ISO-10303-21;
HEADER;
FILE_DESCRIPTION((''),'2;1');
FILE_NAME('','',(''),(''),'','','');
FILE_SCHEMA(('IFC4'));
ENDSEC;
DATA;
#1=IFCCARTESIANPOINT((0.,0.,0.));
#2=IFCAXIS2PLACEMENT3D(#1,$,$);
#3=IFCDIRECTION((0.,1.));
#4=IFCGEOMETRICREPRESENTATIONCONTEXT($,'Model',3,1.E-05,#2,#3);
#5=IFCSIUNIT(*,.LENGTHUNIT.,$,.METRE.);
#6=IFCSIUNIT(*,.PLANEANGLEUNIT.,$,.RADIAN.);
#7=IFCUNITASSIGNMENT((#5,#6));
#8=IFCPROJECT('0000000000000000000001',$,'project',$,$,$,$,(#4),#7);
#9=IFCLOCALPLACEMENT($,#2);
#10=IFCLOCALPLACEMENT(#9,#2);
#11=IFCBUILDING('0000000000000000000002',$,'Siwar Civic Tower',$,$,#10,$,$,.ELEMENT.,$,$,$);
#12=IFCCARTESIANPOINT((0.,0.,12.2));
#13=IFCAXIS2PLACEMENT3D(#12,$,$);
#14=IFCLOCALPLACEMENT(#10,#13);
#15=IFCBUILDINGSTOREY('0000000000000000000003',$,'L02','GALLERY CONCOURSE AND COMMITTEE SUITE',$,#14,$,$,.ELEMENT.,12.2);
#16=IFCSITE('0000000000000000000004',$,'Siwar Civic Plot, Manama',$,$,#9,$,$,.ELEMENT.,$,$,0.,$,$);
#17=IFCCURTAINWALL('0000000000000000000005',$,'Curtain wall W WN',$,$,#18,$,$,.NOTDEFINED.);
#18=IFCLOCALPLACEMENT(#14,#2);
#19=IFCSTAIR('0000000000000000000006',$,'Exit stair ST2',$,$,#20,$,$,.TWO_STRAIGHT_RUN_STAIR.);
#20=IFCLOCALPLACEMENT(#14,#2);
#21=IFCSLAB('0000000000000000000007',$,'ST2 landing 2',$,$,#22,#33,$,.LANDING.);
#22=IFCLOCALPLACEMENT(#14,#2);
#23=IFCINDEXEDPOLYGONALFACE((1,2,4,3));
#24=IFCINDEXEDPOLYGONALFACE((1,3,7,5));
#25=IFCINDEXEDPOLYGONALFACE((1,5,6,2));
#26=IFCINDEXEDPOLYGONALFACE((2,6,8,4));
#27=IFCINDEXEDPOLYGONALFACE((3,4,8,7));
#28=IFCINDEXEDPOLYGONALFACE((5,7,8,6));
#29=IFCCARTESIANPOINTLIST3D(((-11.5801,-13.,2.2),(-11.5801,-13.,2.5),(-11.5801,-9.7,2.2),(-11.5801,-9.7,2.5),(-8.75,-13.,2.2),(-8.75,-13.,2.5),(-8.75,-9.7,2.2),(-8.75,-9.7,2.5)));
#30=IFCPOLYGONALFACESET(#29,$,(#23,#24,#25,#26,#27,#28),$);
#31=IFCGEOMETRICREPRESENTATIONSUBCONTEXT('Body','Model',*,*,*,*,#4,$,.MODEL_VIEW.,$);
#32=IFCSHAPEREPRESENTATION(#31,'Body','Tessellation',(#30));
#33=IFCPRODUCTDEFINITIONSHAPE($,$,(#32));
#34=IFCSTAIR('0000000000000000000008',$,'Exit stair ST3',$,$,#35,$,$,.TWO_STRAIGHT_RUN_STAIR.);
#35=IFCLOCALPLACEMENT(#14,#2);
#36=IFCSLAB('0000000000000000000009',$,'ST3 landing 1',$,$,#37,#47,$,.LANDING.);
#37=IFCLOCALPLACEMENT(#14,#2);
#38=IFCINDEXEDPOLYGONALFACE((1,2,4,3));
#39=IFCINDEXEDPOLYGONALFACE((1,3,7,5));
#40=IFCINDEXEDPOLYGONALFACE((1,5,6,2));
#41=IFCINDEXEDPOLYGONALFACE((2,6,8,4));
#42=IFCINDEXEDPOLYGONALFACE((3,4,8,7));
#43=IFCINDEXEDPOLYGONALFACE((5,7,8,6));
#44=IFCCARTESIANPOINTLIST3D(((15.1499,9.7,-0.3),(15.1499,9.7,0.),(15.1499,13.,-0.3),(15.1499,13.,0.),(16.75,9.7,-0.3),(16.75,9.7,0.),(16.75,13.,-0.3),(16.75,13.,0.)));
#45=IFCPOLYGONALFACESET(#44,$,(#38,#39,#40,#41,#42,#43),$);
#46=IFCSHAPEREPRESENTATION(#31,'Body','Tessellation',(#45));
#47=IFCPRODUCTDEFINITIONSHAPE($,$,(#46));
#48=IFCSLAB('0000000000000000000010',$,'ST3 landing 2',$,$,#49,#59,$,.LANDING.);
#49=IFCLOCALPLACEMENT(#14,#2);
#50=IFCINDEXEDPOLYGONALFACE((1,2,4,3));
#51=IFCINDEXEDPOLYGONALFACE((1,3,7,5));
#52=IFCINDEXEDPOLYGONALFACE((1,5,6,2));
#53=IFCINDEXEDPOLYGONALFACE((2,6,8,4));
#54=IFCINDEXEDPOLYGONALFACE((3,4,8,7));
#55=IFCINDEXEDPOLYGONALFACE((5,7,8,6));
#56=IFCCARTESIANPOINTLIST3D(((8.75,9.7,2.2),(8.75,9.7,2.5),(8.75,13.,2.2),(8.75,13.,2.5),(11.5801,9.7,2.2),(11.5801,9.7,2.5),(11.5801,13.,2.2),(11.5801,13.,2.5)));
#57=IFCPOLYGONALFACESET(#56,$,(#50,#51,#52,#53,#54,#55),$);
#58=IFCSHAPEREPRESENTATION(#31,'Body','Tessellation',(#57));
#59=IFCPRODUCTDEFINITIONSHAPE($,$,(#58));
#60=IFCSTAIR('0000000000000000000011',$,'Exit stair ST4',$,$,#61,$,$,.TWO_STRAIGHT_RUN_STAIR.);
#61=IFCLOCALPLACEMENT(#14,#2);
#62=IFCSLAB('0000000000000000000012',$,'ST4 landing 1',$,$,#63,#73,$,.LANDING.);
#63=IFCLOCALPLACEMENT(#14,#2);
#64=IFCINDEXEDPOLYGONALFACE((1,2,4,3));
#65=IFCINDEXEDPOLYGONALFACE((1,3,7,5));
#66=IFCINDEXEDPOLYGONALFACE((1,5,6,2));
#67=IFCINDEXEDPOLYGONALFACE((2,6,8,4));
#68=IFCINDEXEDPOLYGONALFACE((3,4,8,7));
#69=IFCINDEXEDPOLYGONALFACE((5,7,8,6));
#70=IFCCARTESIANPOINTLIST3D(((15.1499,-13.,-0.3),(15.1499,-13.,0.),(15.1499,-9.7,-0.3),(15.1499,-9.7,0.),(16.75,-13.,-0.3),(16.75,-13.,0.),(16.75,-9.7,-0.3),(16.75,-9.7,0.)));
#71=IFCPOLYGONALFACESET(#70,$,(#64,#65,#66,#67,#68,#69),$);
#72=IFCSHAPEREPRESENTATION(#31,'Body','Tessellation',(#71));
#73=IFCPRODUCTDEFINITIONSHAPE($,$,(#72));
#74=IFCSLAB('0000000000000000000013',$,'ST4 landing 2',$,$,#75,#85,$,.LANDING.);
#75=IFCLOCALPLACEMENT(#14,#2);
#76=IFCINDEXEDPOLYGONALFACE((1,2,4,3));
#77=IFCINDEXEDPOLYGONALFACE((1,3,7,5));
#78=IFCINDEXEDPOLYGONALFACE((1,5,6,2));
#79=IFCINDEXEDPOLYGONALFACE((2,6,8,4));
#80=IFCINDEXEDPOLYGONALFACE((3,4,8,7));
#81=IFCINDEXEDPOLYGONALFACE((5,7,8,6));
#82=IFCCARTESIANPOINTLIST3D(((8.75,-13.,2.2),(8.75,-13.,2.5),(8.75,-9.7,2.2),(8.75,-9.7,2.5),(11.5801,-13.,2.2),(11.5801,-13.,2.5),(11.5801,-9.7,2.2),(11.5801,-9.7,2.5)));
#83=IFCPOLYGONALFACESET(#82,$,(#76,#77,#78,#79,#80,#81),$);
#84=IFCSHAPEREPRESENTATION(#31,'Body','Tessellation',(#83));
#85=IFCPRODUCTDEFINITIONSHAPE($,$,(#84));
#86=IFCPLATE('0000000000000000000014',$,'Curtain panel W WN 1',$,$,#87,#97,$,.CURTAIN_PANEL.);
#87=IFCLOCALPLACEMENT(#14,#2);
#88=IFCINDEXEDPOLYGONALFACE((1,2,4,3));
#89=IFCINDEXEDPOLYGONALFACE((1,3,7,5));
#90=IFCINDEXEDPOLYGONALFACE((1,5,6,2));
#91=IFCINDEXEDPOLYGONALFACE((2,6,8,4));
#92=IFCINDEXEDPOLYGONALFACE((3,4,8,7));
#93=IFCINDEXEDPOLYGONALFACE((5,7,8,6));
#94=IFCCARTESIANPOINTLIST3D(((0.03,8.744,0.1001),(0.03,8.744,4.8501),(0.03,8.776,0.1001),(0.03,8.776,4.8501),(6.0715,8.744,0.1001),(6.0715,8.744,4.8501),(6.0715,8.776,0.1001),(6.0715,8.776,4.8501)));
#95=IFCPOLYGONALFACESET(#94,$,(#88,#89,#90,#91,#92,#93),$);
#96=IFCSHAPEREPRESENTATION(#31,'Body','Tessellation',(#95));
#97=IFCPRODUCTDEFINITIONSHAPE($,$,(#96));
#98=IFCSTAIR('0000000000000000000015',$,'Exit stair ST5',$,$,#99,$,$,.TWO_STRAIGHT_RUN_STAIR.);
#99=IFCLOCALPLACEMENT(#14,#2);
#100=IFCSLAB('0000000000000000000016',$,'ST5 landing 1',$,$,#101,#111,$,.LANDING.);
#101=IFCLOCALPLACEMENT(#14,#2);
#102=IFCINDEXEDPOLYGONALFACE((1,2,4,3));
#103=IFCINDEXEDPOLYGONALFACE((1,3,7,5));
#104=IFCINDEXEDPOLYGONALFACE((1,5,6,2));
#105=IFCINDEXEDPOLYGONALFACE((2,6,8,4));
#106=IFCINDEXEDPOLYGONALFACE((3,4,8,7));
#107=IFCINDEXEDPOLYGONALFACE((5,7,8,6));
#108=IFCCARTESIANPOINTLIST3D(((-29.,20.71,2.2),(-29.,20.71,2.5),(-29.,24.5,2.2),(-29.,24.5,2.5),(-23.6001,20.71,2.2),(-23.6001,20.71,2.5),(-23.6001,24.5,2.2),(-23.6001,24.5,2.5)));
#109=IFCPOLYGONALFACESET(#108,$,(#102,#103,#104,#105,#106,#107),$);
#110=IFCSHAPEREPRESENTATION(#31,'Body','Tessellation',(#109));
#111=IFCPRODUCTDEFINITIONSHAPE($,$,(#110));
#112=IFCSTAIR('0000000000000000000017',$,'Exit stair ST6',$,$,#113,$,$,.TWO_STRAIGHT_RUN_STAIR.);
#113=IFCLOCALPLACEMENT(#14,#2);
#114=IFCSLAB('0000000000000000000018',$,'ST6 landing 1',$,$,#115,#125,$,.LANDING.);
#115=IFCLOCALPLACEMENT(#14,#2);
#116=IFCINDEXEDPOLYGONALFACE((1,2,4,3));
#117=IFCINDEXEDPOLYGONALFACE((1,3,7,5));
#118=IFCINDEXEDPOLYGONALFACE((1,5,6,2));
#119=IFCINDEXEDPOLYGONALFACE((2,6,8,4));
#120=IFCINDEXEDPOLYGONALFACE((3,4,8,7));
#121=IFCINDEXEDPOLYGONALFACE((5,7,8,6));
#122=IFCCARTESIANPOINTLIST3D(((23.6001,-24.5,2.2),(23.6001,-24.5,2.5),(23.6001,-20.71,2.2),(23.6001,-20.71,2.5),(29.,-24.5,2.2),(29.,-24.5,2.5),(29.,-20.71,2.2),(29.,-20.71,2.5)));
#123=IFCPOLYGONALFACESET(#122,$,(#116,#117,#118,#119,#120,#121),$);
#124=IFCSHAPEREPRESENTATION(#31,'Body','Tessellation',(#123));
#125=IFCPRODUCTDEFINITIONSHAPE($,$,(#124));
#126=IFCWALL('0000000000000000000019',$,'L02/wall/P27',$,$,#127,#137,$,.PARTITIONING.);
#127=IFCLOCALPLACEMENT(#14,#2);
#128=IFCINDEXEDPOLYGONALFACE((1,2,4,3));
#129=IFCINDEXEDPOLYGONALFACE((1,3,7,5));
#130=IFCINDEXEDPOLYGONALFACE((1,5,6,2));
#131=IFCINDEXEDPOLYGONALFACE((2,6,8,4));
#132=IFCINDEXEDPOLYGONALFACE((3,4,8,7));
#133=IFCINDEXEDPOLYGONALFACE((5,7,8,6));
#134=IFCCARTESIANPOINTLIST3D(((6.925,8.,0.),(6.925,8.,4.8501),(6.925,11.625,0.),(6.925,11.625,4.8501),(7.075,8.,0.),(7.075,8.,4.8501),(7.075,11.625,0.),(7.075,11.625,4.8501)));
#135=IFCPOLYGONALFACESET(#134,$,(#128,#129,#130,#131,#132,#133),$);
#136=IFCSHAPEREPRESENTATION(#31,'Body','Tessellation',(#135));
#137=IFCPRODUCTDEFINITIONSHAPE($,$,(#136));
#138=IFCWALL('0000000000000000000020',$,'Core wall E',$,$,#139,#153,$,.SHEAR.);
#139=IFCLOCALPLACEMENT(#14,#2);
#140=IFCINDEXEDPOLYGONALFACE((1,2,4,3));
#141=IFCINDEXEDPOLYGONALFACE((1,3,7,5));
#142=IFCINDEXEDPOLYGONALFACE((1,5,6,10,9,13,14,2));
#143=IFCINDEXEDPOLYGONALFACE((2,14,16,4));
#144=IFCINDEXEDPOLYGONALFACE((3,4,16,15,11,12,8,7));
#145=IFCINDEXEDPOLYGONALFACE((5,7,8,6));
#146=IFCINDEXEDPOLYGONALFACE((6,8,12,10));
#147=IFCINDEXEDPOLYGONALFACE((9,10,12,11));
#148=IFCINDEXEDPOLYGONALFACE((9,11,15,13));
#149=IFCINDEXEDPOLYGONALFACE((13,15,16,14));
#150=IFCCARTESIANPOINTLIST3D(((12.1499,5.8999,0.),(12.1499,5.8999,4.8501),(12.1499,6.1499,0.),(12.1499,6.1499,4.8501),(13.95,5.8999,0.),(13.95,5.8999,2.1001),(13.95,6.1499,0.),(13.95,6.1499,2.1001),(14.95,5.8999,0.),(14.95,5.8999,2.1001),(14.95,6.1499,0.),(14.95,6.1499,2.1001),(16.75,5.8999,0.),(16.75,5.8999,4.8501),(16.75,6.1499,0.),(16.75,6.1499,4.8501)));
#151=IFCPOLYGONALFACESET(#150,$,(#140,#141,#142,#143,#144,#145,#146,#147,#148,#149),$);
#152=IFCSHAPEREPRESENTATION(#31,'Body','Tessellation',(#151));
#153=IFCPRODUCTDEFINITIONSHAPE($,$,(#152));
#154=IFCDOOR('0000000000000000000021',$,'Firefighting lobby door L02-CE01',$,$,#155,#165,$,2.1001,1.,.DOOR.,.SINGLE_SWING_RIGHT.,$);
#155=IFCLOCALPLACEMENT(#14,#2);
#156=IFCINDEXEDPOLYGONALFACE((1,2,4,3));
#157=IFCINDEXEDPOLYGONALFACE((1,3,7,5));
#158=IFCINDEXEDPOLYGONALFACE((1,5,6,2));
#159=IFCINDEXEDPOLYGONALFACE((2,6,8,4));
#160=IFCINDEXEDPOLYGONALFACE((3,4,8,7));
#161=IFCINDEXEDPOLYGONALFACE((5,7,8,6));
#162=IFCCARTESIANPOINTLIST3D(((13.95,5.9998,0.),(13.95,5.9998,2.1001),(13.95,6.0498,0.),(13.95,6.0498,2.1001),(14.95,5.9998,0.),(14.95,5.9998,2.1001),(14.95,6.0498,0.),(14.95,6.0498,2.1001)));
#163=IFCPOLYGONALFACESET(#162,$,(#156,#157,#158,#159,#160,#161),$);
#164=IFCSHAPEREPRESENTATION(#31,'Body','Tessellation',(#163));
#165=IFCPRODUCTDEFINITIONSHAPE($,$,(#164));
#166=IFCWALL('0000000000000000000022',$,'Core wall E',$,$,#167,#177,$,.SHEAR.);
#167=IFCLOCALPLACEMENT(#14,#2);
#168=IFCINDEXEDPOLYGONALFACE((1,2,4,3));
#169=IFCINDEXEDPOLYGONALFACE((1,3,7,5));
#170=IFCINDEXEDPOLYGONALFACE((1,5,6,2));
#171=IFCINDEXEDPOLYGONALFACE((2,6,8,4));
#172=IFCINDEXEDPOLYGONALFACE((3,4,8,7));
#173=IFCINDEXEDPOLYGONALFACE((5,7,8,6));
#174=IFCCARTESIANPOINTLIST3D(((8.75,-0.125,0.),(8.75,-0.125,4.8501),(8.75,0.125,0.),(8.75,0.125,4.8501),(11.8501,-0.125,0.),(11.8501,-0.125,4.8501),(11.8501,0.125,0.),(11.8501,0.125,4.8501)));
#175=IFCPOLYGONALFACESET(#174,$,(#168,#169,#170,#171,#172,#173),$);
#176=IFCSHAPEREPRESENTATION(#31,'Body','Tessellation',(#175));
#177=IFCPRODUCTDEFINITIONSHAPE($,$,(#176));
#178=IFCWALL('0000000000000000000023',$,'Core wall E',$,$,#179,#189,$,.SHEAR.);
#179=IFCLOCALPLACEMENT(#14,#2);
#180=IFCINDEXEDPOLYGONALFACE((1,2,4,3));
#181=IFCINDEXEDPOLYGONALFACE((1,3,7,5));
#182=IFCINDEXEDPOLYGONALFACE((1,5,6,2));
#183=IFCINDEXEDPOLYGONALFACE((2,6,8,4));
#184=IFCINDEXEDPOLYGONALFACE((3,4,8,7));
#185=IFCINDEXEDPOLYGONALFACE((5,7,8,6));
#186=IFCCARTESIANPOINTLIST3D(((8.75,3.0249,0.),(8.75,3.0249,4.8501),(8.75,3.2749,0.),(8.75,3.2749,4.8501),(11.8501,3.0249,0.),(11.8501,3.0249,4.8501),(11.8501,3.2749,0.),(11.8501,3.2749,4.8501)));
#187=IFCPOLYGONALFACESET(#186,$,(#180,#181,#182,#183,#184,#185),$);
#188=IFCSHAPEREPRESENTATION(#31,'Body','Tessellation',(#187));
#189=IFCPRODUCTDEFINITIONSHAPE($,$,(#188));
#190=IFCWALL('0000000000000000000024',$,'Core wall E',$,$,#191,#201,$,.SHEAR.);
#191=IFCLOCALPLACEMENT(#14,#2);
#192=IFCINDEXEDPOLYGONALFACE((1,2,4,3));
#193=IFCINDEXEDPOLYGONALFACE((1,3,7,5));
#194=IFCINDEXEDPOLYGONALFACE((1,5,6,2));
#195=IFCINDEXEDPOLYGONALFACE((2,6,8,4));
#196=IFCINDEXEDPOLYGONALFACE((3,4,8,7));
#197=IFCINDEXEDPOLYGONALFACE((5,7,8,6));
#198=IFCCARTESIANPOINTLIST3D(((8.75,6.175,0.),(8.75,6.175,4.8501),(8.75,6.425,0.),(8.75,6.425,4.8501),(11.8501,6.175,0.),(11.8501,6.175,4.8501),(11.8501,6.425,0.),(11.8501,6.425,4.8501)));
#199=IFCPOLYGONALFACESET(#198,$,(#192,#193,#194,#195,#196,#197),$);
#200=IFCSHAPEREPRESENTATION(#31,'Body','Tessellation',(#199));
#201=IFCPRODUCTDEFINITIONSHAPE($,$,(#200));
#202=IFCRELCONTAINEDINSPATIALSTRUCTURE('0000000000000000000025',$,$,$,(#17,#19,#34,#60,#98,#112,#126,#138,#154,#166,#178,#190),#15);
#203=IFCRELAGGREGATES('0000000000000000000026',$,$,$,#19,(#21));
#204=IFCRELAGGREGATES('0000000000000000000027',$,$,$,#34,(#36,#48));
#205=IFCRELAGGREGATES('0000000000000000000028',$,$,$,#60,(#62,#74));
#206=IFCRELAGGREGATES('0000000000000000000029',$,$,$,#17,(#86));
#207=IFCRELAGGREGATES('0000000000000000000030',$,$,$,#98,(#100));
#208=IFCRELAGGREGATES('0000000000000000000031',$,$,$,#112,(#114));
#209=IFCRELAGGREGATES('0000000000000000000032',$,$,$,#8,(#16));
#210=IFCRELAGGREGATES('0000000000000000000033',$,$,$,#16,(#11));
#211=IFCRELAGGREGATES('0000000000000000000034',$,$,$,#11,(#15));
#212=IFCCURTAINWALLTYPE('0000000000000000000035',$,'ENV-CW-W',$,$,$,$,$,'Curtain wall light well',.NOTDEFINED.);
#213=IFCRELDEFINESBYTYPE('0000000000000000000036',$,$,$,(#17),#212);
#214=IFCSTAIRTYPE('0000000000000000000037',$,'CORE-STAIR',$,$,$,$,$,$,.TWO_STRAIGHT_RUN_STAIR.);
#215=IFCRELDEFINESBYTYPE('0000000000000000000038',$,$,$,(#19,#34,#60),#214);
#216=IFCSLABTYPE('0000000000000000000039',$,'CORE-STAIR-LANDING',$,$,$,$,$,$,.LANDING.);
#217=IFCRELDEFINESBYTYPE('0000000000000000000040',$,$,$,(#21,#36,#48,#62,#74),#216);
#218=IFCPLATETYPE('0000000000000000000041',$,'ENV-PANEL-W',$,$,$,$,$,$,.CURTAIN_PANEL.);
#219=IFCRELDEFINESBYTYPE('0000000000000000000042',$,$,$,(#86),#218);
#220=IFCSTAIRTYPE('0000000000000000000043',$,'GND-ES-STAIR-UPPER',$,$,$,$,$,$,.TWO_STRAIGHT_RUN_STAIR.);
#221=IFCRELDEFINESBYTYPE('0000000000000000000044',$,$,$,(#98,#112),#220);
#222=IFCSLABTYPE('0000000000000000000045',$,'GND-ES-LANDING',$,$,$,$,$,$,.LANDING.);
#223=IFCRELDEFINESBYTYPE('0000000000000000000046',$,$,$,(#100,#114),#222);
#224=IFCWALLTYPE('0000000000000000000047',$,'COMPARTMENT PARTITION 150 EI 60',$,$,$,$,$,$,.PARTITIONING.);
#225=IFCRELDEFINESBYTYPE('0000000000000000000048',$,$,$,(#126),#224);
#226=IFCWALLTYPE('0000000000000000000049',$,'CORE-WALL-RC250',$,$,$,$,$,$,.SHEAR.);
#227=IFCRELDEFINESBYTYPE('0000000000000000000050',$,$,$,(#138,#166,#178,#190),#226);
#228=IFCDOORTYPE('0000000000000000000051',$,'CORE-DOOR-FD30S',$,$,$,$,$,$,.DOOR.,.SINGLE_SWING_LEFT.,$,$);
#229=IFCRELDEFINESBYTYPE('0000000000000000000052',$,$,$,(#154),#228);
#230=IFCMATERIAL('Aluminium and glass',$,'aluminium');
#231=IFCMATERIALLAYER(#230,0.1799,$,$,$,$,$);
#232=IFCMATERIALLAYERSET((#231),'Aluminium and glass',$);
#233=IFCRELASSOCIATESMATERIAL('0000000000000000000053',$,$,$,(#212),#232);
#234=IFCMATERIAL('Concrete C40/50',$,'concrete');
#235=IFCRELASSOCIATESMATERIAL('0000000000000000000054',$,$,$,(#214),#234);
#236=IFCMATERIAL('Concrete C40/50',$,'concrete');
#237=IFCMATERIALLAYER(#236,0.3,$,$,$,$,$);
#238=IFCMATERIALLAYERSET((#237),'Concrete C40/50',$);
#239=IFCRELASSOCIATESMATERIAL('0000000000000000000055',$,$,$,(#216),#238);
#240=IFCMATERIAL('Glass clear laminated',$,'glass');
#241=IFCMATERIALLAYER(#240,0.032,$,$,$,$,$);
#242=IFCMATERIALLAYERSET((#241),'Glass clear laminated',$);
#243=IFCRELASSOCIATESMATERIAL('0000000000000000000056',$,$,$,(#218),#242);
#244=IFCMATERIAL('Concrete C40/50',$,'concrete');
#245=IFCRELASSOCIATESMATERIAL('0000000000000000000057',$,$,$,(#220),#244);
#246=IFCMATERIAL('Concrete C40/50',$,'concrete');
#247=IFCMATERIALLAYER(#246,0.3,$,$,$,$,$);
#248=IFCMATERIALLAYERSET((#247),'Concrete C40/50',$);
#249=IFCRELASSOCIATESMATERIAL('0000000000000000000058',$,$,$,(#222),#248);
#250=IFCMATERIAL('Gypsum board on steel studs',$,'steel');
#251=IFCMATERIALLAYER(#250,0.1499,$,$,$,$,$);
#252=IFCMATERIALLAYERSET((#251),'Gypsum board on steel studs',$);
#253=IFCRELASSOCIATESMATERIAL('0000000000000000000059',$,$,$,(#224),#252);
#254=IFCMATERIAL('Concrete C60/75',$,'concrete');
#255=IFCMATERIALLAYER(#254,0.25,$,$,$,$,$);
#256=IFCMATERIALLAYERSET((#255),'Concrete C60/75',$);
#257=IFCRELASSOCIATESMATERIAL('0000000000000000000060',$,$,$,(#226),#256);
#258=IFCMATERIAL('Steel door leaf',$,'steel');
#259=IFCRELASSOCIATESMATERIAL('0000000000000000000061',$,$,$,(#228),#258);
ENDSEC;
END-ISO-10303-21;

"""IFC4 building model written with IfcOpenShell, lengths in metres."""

from ifc_helpers import new_model, si_unit, direction, frame, frame_2d, origin, origin_2d, place, context, subcontext, project, spatial, polyline, rectangle, outline, extrude, material, layer, layer_set, type_object, element, fill, aggregate, save


model = new_model("IFC4")

# Units and contexts
model_context = context("Model", 3, precision=1e-05, world=origin(), true_north=direction((0.0, 1.0)))
body_context = subcontext(model_context, "Body", "Model", "MODEL_VIEW")
ifc_project = project(units=[si_unit("LENGTHUNIT", "METRE"), si_unit("PLANEANGLEUNIT", "RADIAN")], contexts=[model_context])

# Site, building, storey
site_placement = place(None, origin())
site = spatial("IfcSite", under=ifc_project, at=site_placement, Name="Siwar Civic Plot, Manama", CompositionType="ELEMENT", RefElevation=0.0)
building_placement = place(site_placement, origin())
building = spatial("IfcBuilding", under=site, at=building_placement, Name="Siwar Civic Tower", CompositionType="ELEMENT")
storey_placement = place(building_placement, frame((0.0, 0.0, 12.2)))
storey = spatial("IfcBuildingStorey", under=building, at=storey_placement, Name="L02", Description="GALLERY CONCOURSE AND COMMITTEE SUITE", CompositionType="ELEMENT", Elevation=12.2)

# Curtain wall
ifc_material_1 = material(Name="Aluminium and glass", Category="aluminium")
ifc_layer_1 = layer(ifc_material_1, 0.1799)
ifc_layer_set_1 = layer_set([ifc_layer_1], Name="Aluminium and glass")
curtain_wall_type = type_object("IfcCurtainWallType", Name="ENV-CW-W", ElementType="Curtain wall light well", PredefinedType="NOTDEFINED", material=ifc_layer_set_1)
curtain_wall_placement = place(storey_placement, origin())
curtain_wall = element("IfcCurtainWall", 1, at=curtain_wall_placement, inside=storey, type_object=curtain_wall_type, Name="Curtain wall W WN", PredefinedType="NOTDEFINED")

# Stair, slab
ifc_material_2 = material(Name="Concrete C40/50", Category="concrete")
stair_type_1 = type_object("IfcStairType", Name="CORE-STAIR", PredefinedType="TWO_STRAIGHT_RUN_STAIR", material=ifc_material_2)
stair_1_placement = place(storey_placement, origin())
stair_1 = element("IfcStair", 2, at=stair_1_placement, inside=storey, type_object=stair_type_1, Name="Exit stair ST2", PredefinedType="TWO_STRAIGHT_RUN_STAIR")
ifc_material_3 = material(Name="Concrete C40/50", Category="concrete")
ifc_layer_2 = layer(ifc_material_3, 0.3)
ifc_layer_set_2 = layer_set([ifc_layer_2], Name="Concrete C40/50")
slab_type_1 = type_object("IfcSlabType", Name="CORE-STAIR-LANDING", PredefinedType="LANDING", material=ifc_layer_set_2)
slab_1_placement = place(storey_placement, frame((0.0, 0.0, 2.2)))
slab_1 = element("IfcSlab", 3, at=slab_1_placement, type_object=slab_type_1, Name="ST2 landing 2", PredefinedType="LANDING", context=body_context, shape_type="SweptSolid", body=[
    extrude(outline(polyline([(-8.75, -9.7), (-11.5801, -9.7), (-11.5801, -13.0), (-8.75, -13.0), (-8.75, -9.7)])), origin(), (0.0, 0.0, 1.0), 0.3),
])
aggregate(stair_1, [slab_1])

# Stairs, slabs
stair_2_placement = place(storey_placement, origin())
stair_2 = element("IfcStair", 4, at=stair_2_placement, inside=storey, type_object=stair_type_1, Name="Exit stair ST3", PredefinedType="TWO_STRAIGHT_RUN_STAIR")
slab_2_placement = place(storey_placement, frame((0.0, 0.0, -0.3)))
slab_2 = element("IfcSlab", 5, at=slab_2_placement, type_object=slab_type_1, Name="ST3 landing 1", PredefinedType="LANDING", context=body_context, shape_type="SweptSolid", body=[
    extrude(outline(polyline([(15.1499, 9.7), (16.75, 9.7), (16.75, 13.0), (15.1499, 13.0), (15.1499, 9.7)])), origin(), (0.0, 0.0, 1.0), 0.3),
])
slab_3_placement = place(storey_placement, frame((0.0, 0.0, 2.2)))
slab_3 = element("IfcSlab", 6, at=slab_3_placement, type_object=slab_type_1, Name="ST3 landing 2", PredefinedType="LANDING", context=body_context, shape_type="SweptSolid", body=[
    extrude(outline(polyline([(8.75, 9.7), (11.5801, 9.7), (11.5801, 13.0), (8.75, 13.0), (8.75, 9.7)])), origin(), (0.0, 0.0, 1.0), 0.3),
])
aggregate(stair_2, [slab_2, slab_3])
stair_3_placement = place(storey_placement, origin())
stair_3 = element("IfcStair", 7, at=stair_3_placement, inside=storey, type_object=stair_type_1, Name="Exit stair ST4", PredefinedType="TWO_STRAIGHT_RUN_STAIR")
slab_4_placement = place(storey_placement, frame((0.0, 0.0, -0.3)))
slab_4 = element("IfcSlab", 8, at=slab_4_placement, type_object=slab_type_1, Name="ST4 landing 1", PredefinedType="LANDING", context=body_context, shape_type="SweptSolid", body=[
    extrude(outline(polyline([(15.1499, -13.0), (16.75, -13.0), (16.75, -9.7), (15.1499, -9.7), (15.1499, -13.0)])), origin(), (0.0, 0.0, 1.0), 0.3),
])
slab_5_placement = place(storey_placement, frame((0.0, 0.0, 2.2)))
slab_5 = element("IfcSlab", 9, at=slab_5_placement, type_object=slab_type_1, Name="ST4 landing 2", PredefinedType="LANDING", context=body_context, shape_type="SweptSolid", body=[
    extrude(outline(polyline([(8.75, -13.0), (11.5801, -13.0), (11.5801, -9.7), (8.75, -9.7), (8.75, -13.0)])), origin(), (0.0, 0.0, 1.0), 0.3),
])
aggregate(stair_3, [slab_4, slab_5])

# Plate
ifc_material_4 = material(Name="Glass clear laminated", Category="glass")
ifc_layer_3 = layer(ifc_material_4, 0.032)
ifc_layer_set_3 = layer_set([ifc_layer_3], Name="Glass clear laminated")
plate_type = type_object("IfcPlateType", Name="ENV-PANEL-W", PredefinedType="CURTAIN_PANEL", material=ifc_layer_set_3)
plate_placement = place(storey_placement, frame((3.0508, 8.76, 0.1001), z_axis=(0.0, 0.0, 1.0), x_axis=(-1.0, 0.0, 0.0)))
plate = element("IfcPlate", 10, at=plate_placement, type_object=plate_type, Name="Curtain panel W WN 1", PredefinedType="CURTAIN_PANEL", context=body_context, shape_type="SweptSolid", body=[
    extrude(rectangle(XDim=6.0415, YDim=0.032, at=origin_2d()), origin(), (0.0, 0.0, 1.0), 4.75),
])
aggregate(curtain_wall, [plate])

# Stairs, slabs
ifc_material_5 = material(Name="Concrete C40/50", Category="concrete")
stair_type_2 = type_object("IfcStairType", Name="GND-ES-STAIR-UPPER", PredefinedType="TWO_STRAIGHT_RUN_STAIR", material=ifc_material_5)
stair_4_placement = place(storey_placement, origin())
stair_4 = element("IfcStair", 11, at=stair_4_placement, inside=storey, type_object=stair_type_2, Name="Exit stair ST5", PredefinedType="TWO_STRAIGHT_RUN_STAIR")
ifc_material_6 = material(Name="Concrete C40/50", Category="concrete")
ifc_layer_4 = layer(ifc_material_6, 0.3)
ifc_layer_set_4 = layer_set([ifc_layer_4], Name="Concrete C40/50")
slab_type_2 = type_object("IfcSlabType", Name="GND-ES-LANDING", PredefinedType="LANDING", material=ifc_layer_set_4)
slab_6_placement = place(storey_placement, frame((0.0, 0.0, 2.2)))
slab_6 = element("IfcSlab", 12, at=slab_6_placement, type_object=slab_type_2, Name="ST5 landing 1", PredefinedType="LANDING", context=body_context, shape_type="SweptSolid", body=[
    extrude(outline(polyline([(-29.0, 20.71), (-23.6001, 20.71), (-23.6001, 24.5), (-29.0, 24.5), (-29.0, 20.71)])), origin(), (0.0, 0.0, 1.0), 0.3),
])
aggregate(stair_4, [slab_6])
stair_5_placement = place(storey_placement, origin())
stair_5 = element("IfcStair", 13, at=stair_5_placement, inside=storey, type_object=stair_type_2, Name="Exit stair ST6", PredefinedType="TWO_STRAIGHT_RUN_STAIR")
slab_7_placement = place(storey_placement, frame((0.0, 0.0, 2.2)))
slab_7 = element("IfcSlab", 14, at=slab_7_placement, type_object=slab_type_2, Name="ST6 landing 1", PredefinedType="LANDING", context=body_context, shape_type="SweptSolid", body=[
    extrude(outline(polyline([(29.0, -20.71), (23.6001, -20.71), (23.6001, -24.5), (29.0, -24.5), (29.0, -20.71)])), origin(), (0.0, 0.0, 1.0), 0.3),
])
aggregate(stair_5, [slab_7])

# Wall
ifc_material_7 = material(Name="Gypsum board on steel studs", Category="steel")
ifc_layer_5 = layer(ifc_material_7, 0.1499)
ifc_layer_set_5 = layer_set([ifc_layer_5], Name="Gypsum board on steel studs")
wall_type_1 = type_object("IfcWallType", Name="COMPARTMENT PARTITION 150 EI 60", PredefinedType="PARTITIONING", material=ifc_layer_set_5)
wall_1_placement = place(storey_placement, frame((7.0, 8.0, 0.0), z_axis=(0.0, 0.0, 1.0), x_axis=(0.0, 1.0, 0.0)))
element("IfcWall", 15, at=wall_1_placement, inside=storey, type_object=wall_type_1, Name="L02/wall/P27", PredefinedType="PARTITIONING", context=body_context, shape_type="SweptSolid", body=[
    extrude(rectangle(XDim=3.625, YDim=0.1499, at=frame_2d((1.8125, 0.0))), origin(), (0.0, 0.0, 1.0), 4.8501),
])

# Wall, opening, door
ifc_material_8 = material(Name="Concrete C60/75", Category="concrete")
ifc_layer_6 = layer(ifc_material_8, 0.25)
ifc_layer_set_6 = layer_set([ifc_layer_6], Name="Concrete C60/75")
wall_type_2 = type_object("IfcWallType", Name="CORE-WALL-RC250", PredefinedType="SHEAR", material=ifc_layer_set_6)
wall_2_placement = place(storey_placement, frame((12.1499, 6.0249, 0.0), z_axis=(0.0, 0.0, 1.0), x_axis=(1.0, 0.0, 0.0)))
wall_2 = element("IfcWall", 16, at=wall_2_placement, inside=storey, type_object=wall_type_2, Name="Core wall E", PredefinedType="SHEAR", context=body_context, shape_type="SweptSolid", body=[
    extrude(rectangle(XDim=4.6001, YDim=0.25, at=frame_2d((2.3, 0.0))), origin(), (0.0, 0.0, 1.0), 4.8501),
])
opening_1_placement = place(wall_2_placement, frame((1.8, 0.0, 0.0)))
opening_1 = element("IfcOpeningElement", 17, at=opening_1_placement, cuts=wall_2, PredefinedType="OPENING", context=body_context, shape_type="SweptSolid", body=[
    extrude(rectangle(XDim=1.0, YDim=2.1001, at=frame_2d((0.5, 1.05))), frame((0.0, 0.135, 0.0), z_axis=(0.0, -1.0, 0.0), x_axis=(1.0, 0.0, 0.0)), (0.0, 0.0, 1.0), 0.27),
])
ifc_material_9 = material(Name="Steel door leaf", Category="steel")
door_type_1 = type_object("IfcDoorType", Name="CORE-DOOR-FD30S", OperationType="SINGLE_SWING_LEFT", PredefinedType="DOOR", material=ifc_material_9)
door_1_placement = place(opening_1_placement, origin())
door_1 = element("IfcDoor", 18, at=door_1_placement, inside=storey, type_object=door_type_1, Name="Firefighting lobby door L02-CE01", OperationType="SINGLE_SWING_RIGHT", OverallHeight=2.1001, OverallWidth=1.0, PredefinedType="DOOR", context=body_context, shape_type="SweptSolid", body=[
    extrude(rectangle(XDim=1.0, YDim=2.1001, at=frame_2d((0.5, 1.05))), frame((0.0, 0.0249, 0.0), z_axis=(0.0, -1.0, 0.0), x_axis=(1.0, 0.0, 0.0)), (0.0, 0.0, 1.0), 0.05),
])
fill(opening_1, door_1)

# Walls
for number, where, z_axis, x_axis, name in (
    (19, (8.75, 0.0, 0.0), (0.0, 0.0, 1.0), (1.0, 0.0, 0.0), "Core wall E"),
    (20, (8.75, 3.1499, 0.0), (0.0, 0.0, 1.0), (1.0, 0.0, 0.0), "Core wall E"),
    (21, (8.75, 6.3, 0.0), (0.0, 0.0, 1.0), (1.0, 0.0, 0.0), "Core wall E"),
):
    element("IfcWall", number, at=place(storey_placement, frame(where, z_axis=z_axis, x_axis=x_axis)), inside=storey, type_object=wall_type_2, Name=name, PredefinedType="SHEAR", context=body_context, shape_type="SweptSolid", body=[
        extrude(rectangle(XDim=3.1001, YDim=0.25, at=frame_2d((1.55, 0.0))), origin(), (0.0, 0.0, 1.0), 4.8501),
    ])

save(model, "model.ifc")
